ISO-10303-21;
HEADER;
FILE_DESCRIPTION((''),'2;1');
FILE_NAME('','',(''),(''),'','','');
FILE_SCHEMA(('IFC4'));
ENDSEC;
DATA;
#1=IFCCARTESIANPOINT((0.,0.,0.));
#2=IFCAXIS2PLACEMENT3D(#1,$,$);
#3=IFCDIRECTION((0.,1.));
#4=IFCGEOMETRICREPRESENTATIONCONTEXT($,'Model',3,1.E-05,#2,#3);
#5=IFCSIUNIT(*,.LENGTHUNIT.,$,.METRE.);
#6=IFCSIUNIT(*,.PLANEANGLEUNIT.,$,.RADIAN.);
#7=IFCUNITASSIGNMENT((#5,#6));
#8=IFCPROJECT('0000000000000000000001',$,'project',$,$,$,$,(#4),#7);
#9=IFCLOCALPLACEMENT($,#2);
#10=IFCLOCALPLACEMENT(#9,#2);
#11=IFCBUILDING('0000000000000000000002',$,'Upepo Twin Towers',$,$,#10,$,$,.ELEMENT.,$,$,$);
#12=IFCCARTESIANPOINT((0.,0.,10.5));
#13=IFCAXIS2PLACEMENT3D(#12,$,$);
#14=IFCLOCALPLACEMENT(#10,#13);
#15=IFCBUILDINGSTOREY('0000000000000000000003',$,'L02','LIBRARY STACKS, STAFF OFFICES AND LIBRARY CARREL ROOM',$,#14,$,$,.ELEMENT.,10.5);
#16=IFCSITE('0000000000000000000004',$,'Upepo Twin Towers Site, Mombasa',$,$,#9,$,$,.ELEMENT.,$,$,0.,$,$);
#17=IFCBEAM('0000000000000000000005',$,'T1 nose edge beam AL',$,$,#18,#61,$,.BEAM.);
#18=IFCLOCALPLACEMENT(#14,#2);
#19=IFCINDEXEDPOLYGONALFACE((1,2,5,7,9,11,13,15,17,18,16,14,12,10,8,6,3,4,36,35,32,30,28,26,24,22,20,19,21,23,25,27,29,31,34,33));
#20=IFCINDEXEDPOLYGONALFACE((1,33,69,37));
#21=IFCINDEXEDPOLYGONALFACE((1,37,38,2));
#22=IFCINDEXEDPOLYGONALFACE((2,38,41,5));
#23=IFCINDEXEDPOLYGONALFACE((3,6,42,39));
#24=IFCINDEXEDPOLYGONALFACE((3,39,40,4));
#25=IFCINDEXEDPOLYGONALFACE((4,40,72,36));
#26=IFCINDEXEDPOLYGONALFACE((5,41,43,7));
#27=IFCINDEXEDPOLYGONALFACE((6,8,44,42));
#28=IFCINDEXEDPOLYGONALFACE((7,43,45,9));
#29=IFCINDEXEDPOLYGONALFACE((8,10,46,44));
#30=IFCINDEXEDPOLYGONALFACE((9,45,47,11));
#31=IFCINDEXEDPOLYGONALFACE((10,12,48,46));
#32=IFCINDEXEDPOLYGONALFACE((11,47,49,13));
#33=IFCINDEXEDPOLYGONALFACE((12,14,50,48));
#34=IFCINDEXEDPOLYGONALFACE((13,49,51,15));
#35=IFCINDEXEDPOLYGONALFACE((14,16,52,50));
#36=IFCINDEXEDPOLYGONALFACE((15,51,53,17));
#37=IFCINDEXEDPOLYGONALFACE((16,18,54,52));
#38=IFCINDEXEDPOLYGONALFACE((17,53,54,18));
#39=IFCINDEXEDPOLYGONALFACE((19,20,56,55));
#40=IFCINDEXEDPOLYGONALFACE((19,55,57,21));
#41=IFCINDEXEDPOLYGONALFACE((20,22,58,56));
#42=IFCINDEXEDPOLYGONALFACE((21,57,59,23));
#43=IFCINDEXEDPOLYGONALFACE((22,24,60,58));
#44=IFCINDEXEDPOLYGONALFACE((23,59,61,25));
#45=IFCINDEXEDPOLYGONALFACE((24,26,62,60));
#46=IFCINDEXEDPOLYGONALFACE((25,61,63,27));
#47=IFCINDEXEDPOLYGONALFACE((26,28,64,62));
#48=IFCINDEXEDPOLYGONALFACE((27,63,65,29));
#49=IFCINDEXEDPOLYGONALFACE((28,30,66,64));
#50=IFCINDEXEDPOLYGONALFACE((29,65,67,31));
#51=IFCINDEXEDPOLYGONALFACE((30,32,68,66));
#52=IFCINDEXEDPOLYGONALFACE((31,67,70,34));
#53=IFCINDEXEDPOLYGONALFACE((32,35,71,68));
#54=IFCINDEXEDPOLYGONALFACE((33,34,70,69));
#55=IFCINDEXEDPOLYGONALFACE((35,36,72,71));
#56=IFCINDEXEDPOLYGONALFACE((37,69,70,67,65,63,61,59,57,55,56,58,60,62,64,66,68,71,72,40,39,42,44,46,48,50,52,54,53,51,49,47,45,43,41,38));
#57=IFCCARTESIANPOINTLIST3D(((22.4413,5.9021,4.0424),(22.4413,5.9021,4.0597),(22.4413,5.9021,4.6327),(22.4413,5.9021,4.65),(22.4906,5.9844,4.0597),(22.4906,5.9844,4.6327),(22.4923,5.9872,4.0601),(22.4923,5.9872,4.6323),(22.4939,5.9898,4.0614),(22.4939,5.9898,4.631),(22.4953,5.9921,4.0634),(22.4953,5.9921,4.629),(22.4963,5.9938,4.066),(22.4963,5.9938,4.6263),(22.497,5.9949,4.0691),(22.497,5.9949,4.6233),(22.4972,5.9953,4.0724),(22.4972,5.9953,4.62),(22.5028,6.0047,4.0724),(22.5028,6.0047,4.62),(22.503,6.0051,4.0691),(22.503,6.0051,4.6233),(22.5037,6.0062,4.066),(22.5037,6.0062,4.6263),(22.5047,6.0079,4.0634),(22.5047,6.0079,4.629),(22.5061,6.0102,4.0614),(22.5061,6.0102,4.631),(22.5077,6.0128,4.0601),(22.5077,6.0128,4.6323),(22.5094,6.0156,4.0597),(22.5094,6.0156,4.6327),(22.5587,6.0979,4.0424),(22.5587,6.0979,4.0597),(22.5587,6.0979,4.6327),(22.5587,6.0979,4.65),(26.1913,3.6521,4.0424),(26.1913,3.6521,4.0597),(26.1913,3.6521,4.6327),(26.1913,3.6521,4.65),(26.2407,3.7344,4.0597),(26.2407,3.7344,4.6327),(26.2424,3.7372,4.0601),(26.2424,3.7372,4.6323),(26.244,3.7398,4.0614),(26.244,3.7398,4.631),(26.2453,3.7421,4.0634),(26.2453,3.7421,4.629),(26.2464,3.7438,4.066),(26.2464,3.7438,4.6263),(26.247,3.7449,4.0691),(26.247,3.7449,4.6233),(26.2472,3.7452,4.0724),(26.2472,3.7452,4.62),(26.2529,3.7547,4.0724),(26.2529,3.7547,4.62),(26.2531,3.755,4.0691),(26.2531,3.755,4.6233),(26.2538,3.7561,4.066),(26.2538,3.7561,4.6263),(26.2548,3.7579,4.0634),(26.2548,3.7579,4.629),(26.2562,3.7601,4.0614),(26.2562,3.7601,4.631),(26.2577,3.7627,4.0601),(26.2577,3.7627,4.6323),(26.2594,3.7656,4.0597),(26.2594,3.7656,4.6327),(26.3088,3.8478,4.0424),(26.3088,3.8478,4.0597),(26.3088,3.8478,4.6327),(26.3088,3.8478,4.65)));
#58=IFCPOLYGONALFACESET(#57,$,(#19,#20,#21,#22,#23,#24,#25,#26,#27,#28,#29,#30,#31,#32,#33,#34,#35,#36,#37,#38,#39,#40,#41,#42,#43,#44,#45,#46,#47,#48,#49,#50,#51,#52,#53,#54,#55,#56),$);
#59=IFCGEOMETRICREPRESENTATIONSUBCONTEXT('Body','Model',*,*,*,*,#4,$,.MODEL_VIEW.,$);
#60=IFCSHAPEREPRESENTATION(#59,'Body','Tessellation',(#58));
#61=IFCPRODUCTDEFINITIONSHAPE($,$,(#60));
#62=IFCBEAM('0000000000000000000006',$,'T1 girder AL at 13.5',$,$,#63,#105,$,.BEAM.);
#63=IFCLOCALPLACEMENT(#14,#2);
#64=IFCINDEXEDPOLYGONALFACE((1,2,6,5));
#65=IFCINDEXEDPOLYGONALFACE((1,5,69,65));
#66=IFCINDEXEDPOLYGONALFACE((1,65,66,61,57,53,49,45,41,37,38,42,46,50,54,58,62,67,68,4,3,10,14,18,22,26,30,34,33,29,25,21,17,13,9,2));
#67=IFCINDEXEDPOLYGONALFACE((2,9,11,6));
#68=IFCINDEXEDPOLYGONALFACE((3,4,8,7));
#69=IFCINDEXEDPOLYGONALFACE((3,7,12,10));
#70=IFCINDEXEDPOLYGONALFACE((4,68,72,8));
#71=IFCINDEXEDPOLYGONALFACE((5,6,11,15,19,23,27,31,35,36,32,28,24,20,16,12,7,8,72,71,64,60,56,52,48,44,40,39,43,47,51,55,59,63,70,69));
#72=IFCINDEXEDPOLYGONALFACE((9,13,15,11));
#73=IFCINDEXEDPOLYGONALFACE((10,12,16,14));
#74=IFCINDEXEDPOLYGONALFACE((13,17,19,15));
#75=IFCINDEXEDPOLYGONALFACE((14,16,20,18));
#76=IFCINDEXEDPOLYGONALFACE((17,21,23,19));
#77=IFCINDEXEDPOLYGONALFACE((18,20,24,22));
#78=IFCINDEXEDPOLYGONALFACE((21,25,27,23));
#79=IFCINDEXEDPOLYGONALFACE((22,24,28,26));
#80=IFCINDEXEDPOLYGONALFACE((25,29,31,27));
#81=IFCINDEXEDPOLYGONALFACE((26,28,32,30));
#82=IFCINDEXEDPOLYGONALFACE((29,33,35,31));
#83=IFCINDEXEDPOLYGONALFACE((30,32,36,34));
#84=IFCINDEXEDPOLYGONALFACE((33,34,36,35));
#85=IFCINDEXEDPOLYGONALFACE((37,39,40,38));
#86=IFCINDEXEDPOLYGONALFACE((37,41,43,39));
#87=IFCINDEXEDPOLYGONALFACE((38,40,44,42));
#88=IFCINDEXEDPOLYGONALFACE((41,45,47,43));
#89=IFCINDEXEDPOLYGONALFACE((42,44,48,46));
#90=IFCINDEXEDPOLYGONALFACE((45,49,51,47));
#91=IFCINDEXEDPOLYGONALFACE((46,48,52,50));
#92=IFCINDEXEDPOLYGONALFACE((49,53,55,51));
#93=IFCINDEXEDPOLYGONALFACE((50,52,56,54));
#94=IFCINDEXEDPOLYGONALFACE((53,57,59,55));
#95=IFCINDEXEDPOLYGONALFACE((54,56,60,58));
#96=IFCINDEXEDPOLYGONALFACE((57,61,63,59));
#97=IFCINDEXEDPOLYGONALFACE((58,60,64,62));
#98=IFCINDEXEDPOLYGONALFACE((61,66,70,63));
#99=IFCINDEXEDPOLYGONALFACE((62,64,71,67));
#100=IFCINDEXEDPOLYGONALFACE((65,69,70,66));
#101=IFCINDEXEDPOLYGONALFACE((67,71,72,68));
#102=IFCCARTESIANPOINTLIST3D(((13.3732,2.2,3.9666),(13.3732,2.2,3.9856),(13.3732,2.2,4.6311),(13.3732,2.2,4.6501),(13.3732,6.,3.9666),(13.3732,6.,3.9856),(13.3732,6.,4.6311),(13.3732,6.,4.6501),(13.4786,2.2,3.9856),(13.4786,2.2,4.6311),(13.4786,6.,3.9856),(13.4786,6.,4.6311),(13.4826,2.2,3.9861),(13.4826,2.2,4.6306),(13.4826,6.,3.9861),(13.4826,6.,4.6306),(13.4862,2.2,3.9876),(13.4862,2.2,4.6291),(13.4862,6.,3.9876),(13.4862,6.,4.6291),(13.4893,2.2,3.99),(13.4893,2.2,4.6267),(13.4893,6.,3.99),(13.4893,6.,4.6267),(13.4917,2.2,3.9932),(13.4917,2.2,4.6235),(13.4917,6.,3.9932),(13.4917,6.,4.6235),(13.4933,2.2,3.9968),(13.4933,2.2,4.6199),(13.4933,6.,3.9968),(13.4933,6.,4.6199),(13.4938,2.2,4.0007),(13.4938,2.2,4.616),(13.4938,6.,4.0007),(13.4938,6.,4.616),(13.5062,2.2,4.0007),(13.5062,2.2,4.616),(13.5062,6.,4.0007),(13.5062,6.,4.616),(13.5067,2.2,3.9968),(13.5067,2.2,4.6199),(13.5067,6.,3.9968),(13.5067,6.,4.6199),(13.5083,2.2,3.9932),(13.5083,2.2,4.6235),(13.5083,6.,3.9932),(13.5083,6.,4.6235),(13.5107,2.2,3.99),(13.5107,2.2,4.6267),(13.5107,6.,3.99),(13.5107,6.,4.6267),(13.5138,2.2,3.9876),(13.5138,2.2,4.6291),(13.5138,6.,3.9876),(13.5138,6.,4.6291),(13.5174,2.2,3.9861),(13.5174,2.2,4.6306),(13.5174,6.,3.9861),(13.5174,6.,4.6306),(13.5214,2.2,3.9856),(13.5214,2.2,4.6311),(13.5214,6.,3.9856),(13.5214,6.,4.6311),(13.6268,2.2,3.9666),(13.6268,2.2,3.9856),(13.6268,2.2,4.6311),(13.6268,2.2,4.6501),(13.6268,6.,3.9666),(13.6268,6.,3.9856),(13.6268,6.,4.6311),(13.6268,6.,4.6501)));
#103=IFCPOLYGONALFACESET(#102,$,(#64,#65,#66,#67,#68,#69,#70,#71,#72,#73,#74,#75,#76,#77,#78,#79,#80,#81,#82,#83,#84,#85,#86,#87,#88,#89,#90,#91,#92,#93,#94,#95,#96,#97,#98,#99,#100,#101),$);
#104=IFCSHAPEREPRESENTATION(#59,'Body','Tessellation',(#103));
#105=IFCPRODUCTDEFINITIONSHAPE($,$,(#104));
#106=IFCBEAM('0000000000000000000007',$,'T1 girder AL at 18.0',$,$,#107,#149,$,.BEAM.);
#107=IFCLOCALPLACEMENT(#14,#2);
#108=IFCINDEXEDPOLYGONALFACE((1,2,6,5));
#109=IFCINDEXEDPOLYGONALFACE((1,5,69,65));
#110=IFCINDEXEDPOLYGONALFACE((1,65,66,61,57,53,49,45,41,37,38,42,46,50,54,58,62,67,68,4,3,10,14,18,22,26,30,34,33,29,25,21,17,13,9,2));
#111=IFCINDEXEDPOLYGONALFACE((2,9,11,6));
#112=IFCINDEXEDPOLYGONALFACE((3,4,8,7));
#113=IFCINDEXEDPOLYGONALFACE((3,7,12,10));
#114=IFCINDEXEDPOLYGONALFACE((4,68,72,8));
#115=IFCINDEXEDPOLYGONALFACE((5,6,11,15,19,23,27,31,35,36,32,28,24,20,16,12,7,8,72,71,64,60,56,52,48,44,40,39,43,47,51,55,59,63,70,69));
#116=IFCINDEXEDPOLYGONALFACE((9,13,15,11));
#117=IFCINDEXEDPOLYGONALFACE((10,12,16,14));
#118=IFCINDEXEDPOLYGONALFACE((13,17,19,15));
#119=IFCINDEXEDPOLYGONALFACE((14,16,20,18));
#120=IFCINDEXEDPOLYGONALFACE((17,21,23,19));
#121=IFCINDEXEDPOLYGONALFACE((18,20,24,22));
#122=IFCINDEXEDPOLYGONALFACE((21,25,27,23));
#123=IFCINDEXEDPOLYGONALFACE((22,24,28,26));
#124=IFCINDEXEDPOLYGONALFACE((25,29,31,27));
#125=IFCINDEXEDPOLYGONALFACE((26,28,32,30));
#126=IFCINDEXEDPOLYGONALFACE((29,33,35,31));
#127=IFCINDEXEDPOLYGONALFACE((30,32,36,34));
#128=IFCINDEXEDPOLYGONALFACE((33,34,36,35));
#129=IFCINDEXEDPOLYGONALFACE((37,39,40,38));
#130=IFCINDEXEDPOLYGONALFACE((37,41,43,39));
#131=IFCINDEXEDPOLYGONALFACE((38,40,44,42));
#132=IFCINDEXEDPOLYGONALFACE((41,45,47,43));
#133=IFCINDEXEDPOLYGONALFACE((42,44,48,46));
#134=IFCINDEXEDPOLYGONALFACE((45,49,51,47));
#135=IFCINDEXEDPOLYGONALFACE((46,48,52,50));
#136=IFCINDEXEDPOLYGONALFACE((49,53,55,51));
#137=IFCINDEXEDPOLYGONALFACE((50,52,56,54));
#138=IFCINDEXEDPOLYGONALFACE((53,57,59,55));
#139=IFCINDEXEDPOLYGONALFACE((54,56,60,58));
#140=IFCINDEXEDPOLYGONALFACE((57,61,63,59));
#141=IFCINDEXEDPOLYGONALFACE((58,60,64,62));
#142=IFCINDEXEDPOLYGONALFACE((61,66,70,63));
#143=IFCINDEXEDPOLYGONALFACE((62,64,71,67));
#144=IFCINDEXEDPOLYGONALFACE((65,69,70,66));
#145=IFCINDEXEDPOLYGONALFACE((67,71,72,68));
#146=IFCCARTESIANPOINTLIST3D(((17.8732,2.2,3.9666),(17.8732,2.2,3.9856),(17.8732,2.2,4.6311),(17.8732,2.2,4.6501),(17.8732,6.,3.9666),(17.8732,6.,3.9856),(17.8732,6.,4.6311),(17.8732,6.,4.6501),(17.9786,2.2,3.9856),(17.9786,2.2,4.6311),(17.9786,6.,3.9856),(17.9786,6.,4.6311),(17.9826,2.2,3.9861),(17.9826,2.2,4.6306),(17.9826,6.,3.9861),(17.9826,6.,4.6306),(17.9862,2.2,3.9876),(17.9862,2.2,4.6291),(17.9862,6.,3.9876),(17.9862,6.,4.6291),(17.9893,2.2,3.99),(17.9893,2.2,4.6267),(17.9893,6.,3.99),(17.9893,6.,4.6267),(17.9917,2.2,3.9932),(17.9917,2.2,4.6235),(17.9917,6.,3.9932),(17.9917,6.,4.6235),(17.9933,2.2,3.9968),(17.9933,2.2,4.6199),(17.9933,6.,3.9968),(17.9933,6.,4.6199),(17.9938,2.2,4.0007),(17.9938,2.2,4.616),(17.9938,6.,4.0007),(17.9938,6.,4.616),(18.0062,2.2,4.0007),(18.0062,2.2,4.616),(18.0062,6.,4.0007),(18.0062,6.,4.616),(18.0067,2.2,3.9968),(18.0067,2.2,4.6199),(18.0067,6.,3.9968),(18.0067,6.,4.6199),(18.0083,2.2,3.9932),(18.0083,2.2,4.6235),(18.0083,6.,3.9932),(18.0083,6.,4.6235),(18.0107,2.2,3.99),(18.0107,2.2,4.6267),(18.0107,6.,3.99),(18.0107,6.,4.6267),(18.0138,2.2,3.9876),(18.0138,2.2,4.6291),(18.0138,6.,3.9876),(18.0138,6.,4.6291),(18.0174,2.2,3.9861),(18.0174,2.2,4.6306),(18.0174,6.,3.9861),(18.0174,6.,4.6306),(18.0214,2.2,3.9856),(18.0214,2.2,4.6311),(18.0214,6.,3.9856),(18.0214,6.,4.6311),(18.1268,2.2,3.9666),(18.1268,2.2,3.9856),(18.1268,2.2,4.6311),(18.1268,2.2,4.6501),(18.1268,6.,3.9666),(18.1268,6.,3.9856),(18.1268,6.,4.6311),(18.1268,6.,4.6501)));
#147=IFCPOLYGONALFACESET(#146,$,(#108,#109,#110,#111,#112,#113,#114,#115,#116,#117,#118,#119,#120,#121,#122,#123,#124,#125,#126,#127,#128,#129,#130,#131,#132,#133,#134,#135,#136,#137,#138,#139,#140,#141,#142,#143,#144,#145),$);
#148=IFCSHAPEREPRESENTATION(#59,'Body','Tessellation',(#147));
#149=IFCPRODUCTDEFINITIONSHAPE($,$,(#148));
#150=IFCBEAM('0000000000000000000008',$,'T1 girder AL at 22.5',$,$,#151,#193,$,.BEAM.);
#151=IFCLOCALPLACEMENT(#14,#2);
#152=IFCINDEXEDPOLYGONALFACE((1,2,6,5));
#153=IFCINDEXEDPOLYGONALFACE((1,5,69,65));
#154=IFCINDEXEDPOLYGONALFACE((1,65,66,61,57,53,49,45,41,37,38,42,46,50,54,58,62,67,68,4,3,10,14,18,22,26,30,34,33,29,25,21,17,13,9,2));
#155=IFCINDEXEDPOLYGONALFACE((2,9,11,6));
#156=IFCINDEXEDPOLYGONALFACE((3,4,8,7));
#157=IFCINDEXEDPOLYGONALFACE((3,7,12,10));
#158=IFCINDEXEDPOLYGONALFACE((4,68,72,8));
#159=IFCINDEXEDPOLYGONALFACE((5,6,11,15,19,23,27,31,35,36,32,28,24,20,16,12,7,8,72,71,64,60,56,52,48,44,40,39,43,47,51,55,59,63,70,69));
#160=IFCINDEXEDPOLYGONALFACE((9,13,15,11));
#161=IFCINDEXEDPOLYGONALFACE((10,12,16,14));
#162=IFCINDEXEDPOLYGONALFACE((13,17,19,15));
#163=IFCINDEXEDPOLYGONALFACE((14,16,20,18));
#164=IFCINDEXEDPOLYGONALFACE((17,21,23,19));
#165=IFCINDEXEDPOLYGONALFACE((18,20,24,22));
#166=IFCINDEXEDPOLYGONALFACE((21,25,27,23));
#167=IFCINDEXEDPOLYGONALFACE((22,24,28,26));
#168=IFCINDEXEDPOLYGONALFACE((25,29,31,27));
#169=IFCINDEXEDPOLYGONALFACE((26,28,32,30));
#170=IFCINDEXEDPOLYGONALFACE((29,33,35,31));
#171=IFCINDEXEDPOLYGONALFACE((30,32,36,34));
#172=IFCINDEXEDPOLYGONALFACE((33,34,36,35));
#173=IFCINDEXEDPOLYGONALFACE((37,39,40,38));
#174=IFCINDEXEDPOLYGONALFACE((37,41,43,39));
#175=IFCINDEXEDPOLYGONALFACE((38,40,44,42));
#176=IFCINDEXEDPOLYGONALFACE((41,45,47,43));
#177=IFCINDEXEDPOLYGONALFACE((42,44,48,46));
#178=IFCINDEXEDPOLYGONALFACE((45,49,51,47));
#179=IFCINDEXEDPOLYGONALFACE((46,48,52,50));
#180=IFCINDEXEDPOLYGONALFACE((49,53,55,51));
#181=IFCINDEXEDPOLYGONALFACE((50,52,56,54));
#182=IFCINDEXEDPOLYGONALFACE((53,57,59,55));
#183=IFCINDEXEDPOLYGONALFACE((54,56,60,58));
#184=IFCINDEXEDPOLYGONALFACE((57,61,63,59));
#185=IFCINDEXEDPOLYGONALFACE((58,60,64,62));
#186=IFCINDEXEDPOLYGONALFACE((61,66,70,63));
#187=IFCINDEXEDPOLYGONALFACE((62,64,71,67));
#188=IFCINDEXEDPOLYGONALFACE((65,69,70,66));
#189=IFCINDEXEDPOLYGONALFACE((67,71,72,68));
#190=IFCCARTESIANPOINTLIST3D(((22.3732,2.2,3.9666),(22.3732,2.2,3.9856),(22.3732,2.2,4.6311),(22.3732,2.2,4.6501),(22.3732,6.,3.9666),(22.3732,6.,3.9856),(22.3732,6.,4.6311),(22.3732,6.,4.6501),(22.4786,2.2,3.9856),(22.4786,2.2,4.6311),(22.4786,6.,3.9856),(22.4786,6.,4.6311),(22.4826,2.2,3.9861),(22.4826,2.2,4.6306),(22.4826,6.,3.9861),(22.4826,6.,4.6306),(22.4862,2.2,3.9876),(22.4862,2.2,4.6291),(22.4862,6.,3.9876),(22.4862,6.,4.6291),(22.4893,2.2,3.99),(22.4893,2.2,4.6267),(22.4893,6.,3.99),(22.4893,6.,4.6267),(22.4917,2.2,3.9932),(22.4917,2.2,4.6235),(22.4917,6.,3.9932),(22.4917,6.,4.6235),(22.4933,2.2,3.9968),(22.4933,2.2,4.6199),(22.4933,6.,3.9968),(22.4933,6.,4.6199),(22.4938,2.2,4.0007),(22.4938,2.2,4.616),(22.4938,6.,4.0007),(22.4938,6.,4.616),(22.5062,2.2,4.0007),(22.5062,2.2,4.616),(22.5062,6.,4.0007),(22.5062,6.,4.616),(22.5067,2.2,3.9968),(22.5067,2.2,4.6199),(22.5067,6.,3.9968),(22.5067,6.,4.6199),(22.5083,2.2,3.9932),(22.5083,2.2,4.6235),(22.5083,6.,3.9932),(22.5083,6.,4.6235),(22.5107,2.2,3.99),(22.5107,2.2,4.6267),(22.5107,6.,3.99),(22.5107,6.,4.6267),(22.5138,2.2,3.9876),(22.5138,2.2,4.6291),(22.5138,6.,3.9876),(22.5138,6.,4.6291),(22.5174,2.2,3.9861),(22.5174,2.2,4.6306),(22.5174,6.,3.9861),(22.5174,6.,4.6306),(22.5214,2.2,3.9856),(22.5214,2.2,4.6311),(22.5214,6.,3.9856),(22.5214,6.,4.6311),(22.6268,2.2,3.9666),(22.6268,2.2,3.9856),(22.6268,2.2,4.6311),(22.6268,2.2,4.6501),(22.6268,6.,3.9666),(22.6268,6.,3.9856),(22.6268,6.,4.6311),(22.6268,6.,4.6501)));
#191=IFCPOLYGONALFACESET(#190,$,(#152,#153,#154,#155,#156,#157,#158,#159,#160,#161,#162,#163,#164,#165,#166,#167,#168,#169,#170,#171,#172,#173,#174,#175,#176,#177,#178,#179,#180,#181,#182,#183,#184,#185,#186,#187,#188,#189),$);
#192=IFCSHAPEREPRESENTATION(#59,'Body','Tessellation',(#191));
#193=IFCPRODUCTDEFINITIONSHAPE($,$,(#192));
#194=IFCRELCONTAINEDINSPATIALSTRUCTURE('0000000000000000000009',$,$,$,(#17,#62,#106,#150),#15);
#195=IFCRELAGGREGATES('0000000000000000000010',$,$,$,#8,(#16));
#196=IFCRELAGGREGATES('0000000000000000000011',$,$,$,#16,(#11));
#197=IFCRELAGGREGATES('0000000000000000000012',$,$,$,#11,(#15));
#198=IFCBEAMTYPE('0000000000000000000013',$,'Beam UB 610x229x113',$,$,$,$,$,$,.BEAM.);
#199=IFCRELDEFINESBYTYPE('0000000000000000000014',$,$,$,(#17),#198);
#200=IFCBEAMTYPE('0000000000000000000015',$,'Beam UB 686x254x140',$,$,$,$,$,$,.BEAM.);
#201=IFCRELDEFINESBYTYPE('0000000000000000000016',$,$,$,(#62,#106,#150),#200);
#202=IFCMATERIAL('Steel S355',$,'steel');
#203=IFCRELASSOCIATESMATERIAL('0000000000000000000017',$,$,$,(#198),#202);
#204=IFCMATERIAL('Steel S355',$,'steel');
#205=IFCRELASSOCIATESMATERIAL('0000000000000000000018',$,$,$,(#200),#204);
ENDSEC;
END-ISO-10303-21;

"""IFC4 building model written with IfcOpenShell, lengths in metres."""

from ifc_helpers import new_model, si_unit, direction, frame, origin, origin_2d, place, context, subcontext, project, spatial, i_section, extrude, material, material_profile, profile_set, type_object, element, save


model = new_model("IFC4")

# Units and contexts
model_context = context("Model", 3, precision=1e-05, world=origin(), true_north=direction((0.0, 1.0)))
body_context = subcontext(model_context, "Body", "Model", "MODEL_VIEW")
ifc_project = project(units=[si_unit("LENGTHUNIT", "METRE"), si_unit("PLANEANGLEUNIT", "RADIAN")], contexts=[model_context])

# Site, building, storey
site_placement = place(None, origin())
site = spatial("IfcSite", under=ifc_project, at=site_placement, Name="Upepo Twin Towers Site, Mombasa", CompositionType="ELEMENT", RefElevation=0.0)
building_placement = place(site_placement, origin())
building = spatial("IfcBuilding", under=site, at=building_placement, Name="Upepo Twin Towers", CompositionType="ELEMENT")
storey_placement = place(building_placement, frame((0.0, 0.0, 10.5)))
storey = spatial("IfcBuildingStorey", under=building, at=storey_placement, Name="L02", Description="LIBRARY STACKS, STAFF OFFICES AND LIBRARY CARREL ROOM", CompositionType="ELEMENT", Elevation=10.5)

# Beams
ifc_material_1 = material(Name="Steel S355", Category="steel")
ifc_material_profile_1 = material_profile(ifc_material_1, i_section(OverallWidth=0.2283, OverallDepth=0.6077, WebThickness=0.011, FlangeThickness=0.0173, FilletRadius=0.0127, at=origin_2d()), Name="UB 610x229x113")
ifc_profile_set_1 = profile_set([ifc_material_profile_1], Name="Steel S355")
beam_type_1 = type_object("IfcBeamType", Name="Beam UB 610x229x113", PredefinedType="BEAM", material=ifc_profile_set_1)
beam_1_placement = place(storey_placement, frame((22.5, 6.0, 4.3462), z_axis=(0.857493, -0.514496, 0.0), x_axis=(0.514496, 0.857493, 0.0)))
element("IfcBeam", 1, at=beam_1_placement, inside=storey, type_object=beam_type_1, Name="T1 nose edge beam AL", PredefinedType="BEAM", context=body_context, shape_type="SweptSolid", body=[
    extrude(i_section(OverallWidth=0.2283, OverallDepth=0.6077, WebThickness=0.011, FlangeThickness=0.0173, FilletRadius=0.0127, at=origin_2d()), origin(), (0.0, 0.0, 1.0), 4.3733),
])
ifc_material_2 = material(Name="Steel S355", Category="steel")
ifc_material_profile_2 = material_profile(ifc_material_2, i_section(OverallWidth=0.2537, OverallDepth=0.6836, WebThickness=0.0125, FlangeThickness=0.019, FilletRadius=0.0151, at=origin_2d()), Name="UB 686x254x140")
ifc_profile_set_2 = profile_set([ifc_material_profile_2], Name="Steel S355")
beam_type_2 = type_object("IfcBeamType", Name="Beam UB 686x254x140", PredefinedType="BEAM", material=ifc_profile_set_2)
for number, where, z_axis, x_axis, name in (
    (2, (13.5, 6.0, 4.3083), (0.0, -1.0, 0.0), (1.0, 0.0, 0.0), "T1 girder AL at 13.5"),
    (3, (18.0, 6.0, 4.3083), (0.0, -1.0, 0.0), (1.0, 0.0, 0.0), "T1 girder AL at 18.0"),
    (4, (22.5, 6.0, 4.3083), (0.0, -1.0, 0.0), (1.0, 0.0, 0.0), "T1 girder AL at 22.5"),
):
    element("IfcBeam", number, at=place(storey_placement, frame(where, z_axis=z_axis, x_axis=x_axis)), inside=storey, type_object=beam_type_2, Name=name, PredefinedType="BEAM", context=body_context, shape_type="SweptSolid", body=[
        extrude(i_section(OverallWidth=0.2537, OverallDepth=0.6836, WebThickness=0.0125, FlangeThickness=0.019, FilletRadius=0.0151, at=origin_2d()), origin(), (0.0, 0.0, 1.0), 3.8),
    ])

save(model, "model.ifc")
